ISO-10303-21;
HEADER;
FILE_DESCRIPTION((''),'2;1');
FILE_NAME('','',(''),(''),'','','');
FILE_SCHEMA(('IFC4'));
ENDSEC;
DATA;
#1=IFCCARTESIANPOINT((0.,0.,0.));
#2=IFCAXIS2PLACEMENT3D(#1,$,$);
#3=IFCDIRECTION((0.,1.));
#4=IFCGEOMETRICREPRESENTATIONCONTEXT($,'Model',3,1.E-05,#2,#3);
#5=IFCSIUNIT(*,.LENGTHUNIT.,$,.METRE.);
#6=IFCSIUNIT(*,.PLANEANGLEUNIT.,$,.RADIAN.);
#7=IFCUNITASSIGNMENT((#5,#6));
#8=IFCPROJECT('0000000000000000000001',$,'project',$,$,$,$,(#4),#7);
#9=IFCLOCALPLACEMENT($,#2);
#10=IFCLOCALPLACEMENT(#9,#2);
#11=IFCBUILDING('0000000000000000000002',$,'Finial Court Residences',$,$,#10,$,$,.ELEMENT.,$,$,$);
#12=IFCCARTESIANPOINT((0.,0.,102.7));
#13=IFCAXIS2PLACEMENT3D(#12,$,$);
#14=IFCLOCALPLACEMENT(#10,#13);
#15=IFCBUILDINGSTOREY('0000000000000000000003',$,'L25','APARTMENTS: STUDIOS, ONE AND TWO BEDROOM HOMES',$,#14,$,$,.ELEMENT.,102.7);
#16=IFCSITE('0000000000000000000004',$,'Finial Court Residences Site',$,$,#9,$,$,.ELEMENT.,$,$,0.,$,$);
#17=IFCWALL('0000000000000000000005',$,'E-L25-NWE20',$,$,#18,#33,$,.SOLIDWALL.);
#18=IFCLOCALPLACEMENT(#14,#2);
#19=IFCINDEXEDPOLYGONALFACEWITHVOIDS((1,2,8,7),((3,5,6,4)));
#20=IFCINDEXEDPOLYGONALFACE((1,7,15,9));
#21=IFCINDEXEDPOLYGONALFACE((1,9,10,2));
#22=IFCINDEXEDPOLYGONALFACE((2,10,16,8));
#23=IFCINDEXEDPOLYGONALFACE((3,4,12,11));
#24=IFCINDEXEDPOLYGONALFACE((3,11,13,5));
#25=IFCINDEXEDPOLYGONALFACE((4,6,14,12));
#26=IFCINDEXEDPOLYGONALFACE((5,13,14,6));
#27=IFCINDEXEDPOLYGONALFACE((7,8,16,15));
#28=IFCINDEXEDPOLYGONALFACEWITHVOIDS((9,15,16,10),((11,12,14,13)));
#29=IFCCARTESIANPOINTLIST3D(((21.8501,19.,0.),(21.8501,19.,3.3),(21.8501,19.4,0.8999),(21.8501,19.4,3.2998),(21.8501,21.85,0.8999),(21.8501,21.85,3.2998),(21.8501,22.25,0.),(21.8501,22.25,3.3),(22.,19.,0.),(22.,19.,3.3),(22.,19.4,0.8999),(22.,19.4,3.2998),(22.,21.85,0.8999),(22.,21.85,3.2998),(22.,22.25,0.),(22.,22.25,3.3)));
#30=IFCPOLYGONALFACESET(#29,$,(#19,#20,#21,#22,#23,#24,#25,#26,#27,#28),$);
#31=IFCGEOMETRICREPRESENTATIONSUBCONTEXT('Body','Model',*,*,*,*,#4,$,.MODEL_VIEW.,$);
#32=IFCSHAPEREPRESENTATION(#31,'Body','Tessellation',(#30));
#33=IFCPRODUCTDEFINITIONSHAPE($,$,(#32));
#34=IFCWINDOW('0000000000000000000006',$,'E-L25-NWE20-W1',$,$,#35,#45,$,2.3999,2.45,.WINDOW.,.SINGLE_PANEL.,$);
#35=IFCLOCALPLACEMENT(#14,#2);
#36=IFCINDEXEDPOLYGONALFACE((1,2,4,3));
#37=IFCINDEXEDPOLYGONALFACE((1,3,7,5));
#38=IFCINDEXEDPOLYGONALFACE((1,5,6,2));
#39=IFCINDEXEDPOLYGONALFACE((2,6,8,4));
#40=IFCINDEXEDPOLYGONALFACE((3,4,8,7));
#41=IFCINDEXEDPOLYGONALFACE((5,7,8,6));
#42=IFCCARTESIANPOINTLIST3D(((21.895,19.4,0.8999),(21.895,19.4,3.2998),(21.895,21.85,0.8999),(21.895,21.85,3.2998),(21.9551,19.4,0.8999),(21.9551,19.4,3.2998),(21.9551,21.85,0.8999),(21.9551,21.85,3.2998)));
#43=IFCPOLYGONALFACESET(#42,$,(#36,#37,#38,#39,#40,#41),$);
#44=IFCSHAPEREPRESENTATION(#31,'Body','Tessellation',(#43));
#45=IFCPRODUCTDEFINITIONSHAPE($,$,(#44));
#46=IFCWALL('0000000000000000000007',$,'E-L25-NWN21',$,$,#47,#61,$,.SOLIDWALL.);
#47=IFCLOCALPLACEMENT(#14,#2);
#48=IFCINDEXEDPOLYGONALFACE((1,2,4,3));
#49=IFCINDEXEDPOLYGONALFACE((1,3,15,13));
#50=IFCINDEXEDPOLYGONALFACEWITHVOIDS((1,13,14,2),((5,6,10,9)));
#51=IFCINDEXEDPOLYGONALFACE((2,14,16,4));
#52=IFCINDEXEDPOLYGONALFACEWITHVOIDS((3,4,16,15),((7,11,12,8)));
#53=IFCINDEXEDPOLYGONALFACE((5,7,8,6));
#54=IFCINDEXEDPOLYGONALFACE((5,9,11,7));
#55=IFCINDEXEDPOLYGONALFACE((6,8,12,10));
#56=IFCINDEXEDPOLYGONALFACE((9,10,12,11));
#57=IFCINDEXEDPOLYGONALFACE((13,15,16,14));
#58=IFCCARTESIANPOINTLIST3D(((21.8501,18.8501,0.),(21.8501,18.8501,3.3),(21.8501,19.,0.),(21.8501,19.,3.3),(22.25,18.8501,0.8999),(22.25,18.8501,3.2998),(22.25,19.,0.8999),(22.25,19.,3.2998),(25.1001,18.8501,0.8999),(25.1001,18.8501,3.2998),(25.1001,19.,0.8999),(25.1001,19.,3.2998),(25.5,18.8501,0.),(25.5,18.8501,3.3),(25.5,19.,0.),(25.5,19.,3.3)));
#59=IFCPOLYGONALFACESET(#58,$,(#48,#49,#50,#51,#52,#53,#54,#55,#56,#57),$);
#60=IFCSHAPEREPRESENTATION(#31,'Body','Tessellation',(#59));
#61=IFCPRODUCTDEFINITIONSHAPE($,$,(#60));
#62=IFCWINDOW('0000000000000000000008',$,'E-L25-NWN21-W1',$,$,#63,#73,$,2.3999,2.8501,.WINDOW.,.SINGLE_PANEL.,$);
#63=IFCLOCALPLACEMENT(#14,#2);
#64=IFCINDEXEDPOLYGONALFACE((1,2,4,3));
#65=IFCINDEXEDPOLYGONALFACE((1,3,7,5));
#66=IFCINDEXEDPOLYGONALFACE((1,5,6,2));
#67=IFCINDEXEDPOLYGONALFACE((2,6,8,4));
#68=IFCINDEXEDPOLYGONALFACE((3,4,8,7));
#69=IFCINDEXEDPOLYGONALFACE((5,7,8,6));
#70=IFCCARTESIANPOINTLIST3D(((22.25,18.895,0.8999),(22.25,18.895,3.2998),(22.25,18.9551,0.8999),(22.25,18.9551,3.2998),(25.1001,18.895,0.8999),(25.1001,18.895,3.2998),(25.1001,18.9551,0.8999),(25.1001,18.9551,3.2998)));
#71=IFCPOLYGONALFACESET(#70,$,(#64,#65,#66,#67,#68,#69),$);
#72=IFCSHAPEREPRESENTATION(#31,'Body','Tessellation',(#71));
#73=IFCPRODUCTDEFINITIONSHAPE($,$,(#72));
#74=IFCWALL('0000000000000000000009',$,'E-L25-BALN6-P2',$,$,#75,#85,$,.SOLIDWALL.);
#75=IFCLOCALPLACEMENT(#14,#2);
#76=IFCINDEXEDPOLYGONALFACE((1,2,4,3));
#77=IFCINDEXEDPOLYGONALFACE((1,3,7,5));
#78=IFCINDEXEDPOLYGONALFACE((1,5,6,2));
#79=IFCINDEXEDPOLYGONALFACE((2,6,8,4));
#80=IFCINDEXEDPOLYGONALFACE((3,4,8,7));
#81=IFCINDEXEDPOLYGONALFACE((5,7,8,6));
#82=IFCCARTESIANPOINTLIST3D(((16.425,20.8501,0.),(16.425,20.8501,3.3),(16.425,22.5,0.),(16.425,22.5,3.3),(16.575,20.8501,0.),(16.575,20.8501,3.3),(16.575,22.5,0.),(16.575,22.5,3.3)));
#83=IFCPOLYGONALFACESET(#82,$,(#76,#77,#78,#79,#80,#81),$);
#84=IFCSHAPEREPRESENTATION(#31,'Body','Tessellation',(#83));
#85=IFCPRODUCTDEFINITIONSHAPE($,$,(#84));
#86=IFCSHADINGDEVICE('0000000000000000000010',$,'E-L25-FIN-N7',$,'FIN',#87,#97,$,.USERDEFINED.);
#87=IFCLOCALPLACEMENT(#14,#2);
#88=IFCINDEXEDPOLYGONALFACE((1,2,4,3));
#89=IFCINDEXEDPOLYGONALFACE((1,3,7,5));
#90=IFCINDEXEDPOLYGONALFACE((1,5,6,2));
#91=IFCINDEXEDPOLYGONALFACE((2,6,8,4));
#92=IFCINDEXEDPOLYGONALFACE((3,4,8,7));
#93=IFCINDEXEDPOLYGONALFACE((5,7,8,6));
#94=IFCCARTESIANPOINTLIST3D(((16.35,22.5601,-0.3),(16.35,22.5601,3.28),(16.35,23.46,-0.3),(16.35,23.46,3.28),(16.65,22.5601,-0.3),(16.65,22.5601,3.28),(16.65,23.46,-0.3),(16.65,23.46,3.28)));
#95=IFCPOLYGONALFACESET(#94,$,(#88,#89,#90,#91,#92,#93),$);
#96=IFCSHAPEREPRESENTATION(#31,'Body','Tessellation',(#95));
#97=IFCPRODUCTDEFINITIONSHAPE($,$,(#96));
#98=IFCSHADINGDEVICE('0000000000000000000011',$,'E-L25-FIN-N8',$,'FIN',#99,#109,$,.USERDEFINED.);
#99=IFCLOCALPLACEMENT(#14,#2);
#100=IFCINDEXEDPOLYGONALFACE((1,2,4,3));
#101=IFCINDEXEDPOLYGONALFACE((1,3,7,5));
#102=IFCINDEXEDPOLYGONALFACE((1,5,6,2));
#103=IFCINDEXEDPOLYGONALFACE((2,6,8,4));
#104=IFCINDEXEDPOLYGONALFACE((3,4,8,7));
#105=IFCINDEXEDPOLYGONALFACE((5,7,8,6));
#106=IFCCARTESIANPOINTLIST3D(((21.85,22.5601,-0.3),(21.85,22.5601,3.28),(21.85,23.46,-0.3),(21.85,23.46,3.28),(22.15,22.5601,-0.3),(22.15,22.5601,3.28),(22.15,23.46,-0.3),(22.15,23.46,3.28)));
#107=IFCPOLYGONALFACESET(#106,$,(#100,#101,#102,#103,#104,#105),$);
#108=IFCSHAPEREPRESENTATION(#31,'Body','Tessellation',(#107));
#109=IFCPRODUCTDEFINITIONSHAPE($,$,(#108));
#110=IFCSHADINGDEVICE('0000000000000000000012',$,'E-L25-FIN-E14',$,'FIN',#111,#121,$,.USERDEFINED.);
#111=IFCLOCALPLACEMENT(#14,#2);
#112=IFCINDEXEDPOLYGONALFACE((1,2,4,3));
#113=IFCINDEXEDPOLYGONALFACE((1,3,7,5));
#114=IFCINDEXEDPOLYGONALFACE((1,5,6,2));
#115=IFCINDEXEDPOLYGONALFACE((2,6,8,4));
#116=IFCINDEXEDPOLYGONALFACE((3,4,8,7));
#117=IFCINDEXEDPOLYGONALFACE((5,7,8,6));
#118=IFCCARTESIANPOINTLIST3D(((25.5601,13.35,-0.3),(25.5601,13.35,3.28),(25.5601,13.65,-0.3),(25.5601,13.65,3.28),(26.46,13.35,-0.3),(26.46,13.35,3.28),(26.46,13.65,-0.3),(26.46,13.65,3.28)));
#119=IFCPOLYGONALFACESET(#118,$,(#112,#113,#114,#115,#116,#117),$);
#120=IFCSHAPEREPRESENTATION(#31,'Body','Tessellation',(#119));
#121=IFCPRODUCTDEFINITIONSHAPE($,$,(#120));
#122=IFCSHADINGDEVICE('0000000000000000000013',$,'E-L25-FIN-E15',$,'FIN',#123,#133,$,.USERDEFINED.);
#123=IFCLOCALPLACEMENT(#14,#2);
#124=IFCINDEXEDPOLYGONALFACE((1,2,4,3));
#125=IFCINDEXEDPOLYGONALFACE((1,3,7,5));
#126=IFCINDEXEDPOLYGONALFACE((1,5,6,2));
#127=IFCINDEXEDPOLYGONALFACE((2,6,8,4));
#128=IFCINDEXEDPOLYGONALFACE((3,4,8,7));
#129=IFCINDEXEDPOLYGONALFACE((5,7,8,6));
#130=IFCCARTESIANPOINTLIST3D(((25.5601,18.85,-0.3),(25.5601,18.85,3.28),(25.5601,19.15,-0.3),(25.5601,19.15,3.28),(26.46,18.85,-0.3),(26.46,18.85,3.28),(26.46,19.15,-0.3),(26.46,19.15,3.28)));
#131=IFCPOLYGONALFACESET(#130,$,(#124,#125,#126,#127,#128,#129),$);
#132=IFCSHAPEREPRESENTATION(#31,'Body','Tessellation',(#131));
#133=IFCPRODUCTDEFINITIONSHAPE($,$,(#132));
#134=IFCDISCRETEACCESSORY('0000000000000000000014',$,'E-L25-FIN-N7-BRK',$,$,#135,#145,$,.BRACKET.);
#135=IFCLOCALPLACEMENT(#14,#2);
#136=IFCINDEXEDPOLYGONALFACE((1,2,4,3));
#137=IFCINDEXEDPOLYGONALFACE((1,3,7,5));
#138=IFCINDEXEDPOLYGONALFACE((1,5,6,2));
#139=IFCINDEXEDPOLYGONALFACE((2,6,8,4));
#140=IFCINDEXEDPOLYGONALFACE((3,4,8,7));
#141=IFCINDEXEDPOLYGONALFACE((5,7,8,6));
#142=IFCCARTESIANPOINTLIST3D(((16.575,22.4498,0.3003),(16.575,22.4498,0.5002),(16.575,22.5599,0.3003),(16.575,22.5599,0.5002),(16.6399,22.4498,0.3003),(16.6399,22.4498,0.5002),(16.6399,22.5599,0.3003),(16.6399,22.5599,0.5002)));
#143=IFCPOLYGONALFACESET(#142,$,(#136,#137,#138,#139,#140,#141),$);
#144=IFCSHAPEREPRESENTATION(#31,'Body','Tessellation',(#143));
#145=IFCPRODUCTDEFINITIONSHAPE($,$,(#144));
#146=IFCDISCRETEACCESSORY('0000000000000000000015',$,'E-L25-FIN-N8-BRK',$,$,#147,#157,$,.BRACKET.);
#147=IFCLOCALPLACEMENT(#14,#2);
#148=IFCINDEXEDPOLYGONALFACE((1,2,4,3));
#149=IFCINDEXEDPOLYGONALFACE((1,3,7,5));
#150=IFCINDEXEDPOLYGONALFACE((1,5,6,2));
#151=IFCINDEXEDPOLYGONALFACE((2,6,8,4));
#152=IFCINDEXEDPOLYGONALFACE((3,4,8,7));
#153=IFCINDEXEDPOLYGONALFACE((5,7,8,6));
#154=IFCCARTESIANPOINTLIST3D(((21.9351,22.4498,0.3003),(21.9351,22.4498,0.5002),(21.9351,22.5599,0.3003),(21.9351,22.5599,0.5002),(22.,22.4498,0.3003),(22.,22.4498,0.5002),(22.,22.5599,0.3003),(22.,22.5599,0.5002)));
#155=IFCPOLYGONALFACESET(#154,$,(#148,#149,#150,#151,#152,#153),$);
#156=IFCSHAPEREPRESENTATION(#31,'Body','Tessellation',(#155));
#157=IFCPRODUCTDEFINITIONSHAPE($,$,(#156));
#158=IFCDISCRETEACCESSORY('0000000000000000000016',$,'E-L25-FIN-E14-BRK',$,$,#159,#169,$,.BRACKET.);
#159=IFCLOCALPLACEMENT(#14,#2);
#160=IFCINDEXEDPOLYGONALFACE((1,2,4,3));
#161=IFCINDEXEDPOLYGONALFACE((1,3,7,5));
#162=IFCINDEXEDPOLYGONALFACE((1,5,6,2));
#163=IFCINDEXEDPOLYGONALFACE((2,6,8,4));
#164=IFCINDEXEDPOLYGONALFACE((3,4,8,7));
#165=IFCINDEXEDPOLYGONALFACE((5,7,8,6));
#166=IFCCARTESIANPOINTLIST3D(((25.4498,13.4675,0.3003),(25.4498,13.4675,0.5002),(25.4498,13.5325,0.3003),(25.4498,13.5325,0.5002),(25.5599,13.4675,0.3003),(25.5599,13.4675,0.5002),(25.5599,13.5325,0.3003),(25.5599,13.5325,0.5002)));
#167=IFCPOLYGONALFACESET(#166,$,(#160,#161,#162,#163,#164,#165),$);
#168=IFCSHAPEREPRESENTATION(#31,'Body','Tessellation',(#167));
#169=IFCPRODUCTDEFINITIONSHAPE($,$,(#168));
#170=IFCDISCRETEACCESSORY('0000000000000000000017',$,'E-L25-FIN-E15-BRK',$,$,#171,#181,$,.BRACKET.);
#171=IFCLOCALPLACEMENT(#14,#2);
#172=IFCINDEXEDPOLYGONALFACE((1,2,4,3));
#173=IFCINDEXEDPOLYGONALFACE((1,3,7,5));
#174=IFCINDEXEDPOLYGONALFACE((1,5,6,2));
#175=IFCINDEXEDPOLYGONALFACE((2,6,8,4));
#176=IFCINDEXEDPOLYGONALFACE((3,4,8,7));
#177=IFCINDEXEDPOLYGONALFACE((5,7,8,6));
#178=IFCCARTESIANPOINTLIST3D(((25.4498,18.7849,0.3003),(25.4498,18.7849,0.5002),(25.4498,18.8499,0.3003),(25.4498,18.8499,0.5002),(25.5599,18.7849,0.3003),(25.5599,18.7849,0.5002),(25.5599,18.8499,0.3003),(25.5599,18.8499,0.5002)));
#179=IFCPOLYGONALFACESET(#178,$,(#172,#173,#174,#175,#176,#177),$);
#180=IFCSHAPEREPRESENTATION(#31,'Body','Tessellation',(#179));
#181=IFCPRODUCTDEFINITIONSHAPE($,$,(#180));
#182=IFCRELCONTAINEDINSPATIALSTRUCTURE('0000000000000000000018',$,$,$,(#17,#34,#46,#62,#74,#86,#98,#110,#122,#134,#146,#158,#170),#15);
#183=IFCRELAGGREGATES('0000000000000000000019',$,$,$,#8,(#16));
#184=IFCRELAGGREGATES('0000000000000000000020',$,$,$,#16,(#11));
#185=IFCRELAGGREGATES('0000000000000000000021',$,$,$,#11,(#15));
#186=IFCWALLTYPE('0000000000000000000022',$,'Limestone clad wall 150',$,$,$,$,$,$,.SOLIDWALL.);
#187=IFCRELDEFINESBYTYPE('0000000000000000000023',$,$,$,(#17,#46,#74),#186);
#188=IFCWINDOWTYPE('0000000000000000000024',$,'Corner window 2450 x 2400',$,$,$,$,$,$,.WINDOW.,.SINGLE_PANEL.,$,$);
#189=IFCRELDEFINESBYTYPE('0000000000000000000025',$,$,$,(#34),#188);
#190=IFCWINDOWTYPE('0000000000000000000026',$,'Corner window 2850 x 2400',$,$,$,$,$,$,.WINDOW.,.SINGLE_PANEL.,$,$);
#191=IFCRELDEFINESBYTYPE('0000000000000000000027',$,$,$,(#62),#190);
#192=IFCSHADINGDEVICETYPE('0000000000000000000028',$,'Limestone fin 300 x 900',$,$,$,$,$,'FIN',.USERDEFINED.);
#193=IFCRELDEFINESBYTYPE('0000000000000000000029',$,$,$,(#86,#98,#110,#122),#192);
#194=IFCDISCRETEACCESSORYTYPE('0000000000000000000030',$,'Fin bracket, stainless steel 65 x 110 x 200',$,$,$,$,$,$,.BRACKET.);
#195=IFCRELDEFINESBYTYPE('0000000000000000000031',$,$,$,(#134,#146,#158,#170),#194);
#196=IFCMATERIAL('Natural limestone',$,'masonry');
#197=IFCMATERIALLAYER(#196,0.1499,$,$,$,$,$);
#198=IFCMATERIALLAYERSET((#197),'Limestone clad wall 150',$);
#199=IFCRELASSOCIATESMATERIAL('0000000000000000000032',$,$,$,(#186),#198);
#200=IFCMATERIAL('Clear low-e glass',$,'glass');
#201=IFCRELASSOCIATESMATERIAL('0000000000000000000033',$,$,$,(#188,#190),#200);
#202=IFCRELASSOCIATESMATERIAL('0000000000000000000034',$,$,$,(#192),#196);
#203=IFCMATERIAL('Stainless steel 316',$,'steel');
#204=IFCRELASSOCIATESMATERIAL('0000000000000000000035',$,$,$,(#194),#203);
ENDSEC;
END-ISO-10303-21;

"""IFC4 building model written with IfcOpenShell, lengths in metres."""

from ifc_helpers import new_model, si_unit, direction, frame, frame_2d, origin, origin_2d, place, context, subcontext, project, spatial, rectangle, extrude, material, layer, layer_set, type_object, element, fill, save


model = new_model("IFC4")

# Units and contexts
model_context = context("Model", 3, precision=1e-05, world=origin(), true_north=direction((0.0, 1.0)))
body_context = subcontext(model_context, "Body", "Model", "MODEL_VIEW")
ifc_project = project(units=[si_unit("LENGTHUNIT", "METRE"), si_unit("PLANEANGLEUNIT", "RADIAN")], contexts=[model_context])

# Site, building, storey
site_placement = place(None, origin())
site = spatial("IfcSite", under=ifc_project, at=site_placement, Name="Finial Court Residences Site", CompositionType="ELEMENT", RefElevation=0.0)
building_placement = place(site_placement, origin())
building = spatial("IfcBuilding", under=site, at=building_placement, Name="Finial Court Residences", CompositionType="ELEMENT")
storey_placement = place(building_placement, frame((0.0, 0.0, 102.7)))
storey = spatial("IfcBuildingStorey", under=building, at=storey_placement, Name="L25", Description="APARTMENTS: STUDIOS, ONE AND TWO BEDROOM HOMES", CompositionType="ELEMENT", Elevation=102.7)

# Shared definitions
ifc_material_1 = material(Name="Clear low-e glass", Category="glass")

# Walls, openings, windows
ifc_material_2 = material(Name="Natural limestone", Category="masonry")
ifc_layer_1 = layer(ifc_material_2, 0.1499)
ifc_layer_set_1 = layer_set([ifc_layer_1], Name="Limestone clad wall 150")
wall_type_1 = type_object("IfcWallType", Name="Limestone clad wall 150", PredefinedType="SOLIDWALL", material=ifc_layer_set_1)
wall_1_placement = place(storey_placement, frame((21.925, 22.25, 0.0), z_axis=(0.0, 0.0, 1.0), x_axis=(0.0, -1.0, 0.0)))
wall_1 = element("IfcWall", 1, at=wall_1_placement, inside=storey, type_object=wall_type_1, Name="E-L25-NWE20", PredefinedType="SOLIDWALL", context=body_context, shape_type="SweptSolid", body=[
    extrude(rectangle(XDim=3.25, YDim=0.1499, at=frame_2d((1.625, 0.0))), origin(), (0.0, 0.0, 1.0), 3.3),
])
opening_1_placement = place(wall_1_placement, frame((0.3999, 0.0, 0.8999)))
opening_1 = element("IfcOpeningElement", 2, at=opening_1_placement, cuts=wall_1, PredefinedType="OPENING", context=body_context, shape_type="SweptSolid", body=[
    extrude(rectangle(XDim=2.45, YDim=2.3999, at=frame_2d((1.2251, 1.2))), frame((0.0, 0.085, 0.0), z_axis=(0.0, -1.0, 0.0), x_axis=(1.0, 0.0, 0.0)), (0.0, 0.0, 1.0), 0.1699),
])
window_type_1 = type_object("IfcWindowType", Name="Corner window 2450 x 2400", PartitioningType="SINGLE_PANEL", PredefinedType="WINDOW", material=ifc_material_1)
window_1_placement = place(opening_1_placement, origin())
window_1 = element("IfcWindow", 3, at=window_1_placement, inside=storey, type_object=window_type_1, Name="E-L25-NWE20-W1", OverallHeight=2.3999, OverallWidth=2.45, PartitioningType="SINGLE_PANEL", PredefinedType="WINDOW", context=body_context, shape_type="SweptSolid", body=[
    extrude(rectangle(XDim=2.45, YDim=2.3999, at=frame_2d((1.2251, 1.2))), frame((0.0, 0.03, 0.0), z_axis=(0.0, -1.0, 0.0), x_axis=(1.0, 0.0, 0.0)), (0.0, 0.0, 1.0), 0.0601),
])
fill(opening_1, window_1)
wall_2_placement = place(storey_placement, frame((21.8501, 18.925, 0.0), z_axis=(0.0, 0.0, 1.0), x_axis=(1.0, 0.0, 0.0)))
wall_2 = element("IfcWall", 4, at=wall_2_placement, inside=storey, type_object=wall_type_1, Name="E-L25-NWN21", PredefinedType="SOLIDWALL", context=body_context, shape_type="SweptSolid", body=[
    extrude(rectangle(XDim=3.6499, YDim=0.1499, at=frame_2d((1.825, 0.0))), origin(), (0.0, 0.0, 1.0), 3.3),
])
opening_2_placement = place(wall_2_placement, frame((0.3999, 0.0, 0.8999)))
opening_2 = element("IfcOpeningElement", 5, at=opening_2_placement, cuts=wall_2, PredefinedType="OPENING", context=body_context, shape_type="SweptSolid", body=[
    extrude(rectangle(XDim=2.8501, YDim=2.3999, at=frame_2d((1.425, 1.2))), frame((0.0, 0.085, 0.0), z_axis=(0.0, -1.0, 0.0), x_axis=(1.0, 0.0, 0.0)), (0.0, 0.0, 1.0), 0.1699),
])
window_type_2 = type_object("IfcWindowType", Name="Corner window 2850 x 2400", PartitioningType="SINGLE_PANEL", PredefinedType="WINDOW", material=ifc_material_1)
window_2_placement = place(opening_2_placement, origin())
window_2 = element("IfcWindow", 6, at=window_2_placement, inside=storey, type_object=window_type_2, Name="E-L25-NWN21-W1", OverallHeight=2.3999, OverallWidth=2.8501, PartitioningType="SINGLE_PANEL", PredefinedType="WINDOW", context=body_context, shape_type="SweptSolid", body=[
    extrude(rectangle(XDim=2.8501, YDim=2.3999, at=frame_2d((1.425, 1.2))), frame((0.0, 0.03, 0.0), z_axis=(0.0, -1.0, 0.0), x_axis=(1.0, 0.0, 0.0)), (0.0, 0.0, 1.0), 0.0601),
])
fill(opening_2, window_2)

# Wall
wall_3_placement = place(storey_placement, frame((16.5, 20.8501, 0.0), z_axis=(0.0, 0.0, 1.0), x_axis=(0.0, 1.0, 0.0)))
element("IfcWall", 7, at=wall_3_placement, inside=storey, type_object=wall_type_1, Name="E-L25-BALN6-P2", PredefinedType="SOLIDWALL", context=body_context, shape_type="SweptSolid", body=[
    extrude(rectangle(XDim=1.6499, YDim=0.1499, at=frame_2d((0.825, 0.0))), origin(), (0.0, 0.0, 1.0), 3.3),
])

# Shading devices
shading_device_type = type_object("IfcShadingDeviceType", Name="Limestone fin 300 x 900", ElementType="FIN", PredefinedType="USERDEFINED", material=ifc_material_2)
for number, where, z_axis, x_axis, name in (
    (8, (16.5, 23.01, -0.3), (0.0, 0.0, 1.0), (1.0, 0.0, 0.0), "E-L25-FIN-N7"),
    (9, (22.0, 23.01, -0.3), (0.0, 0.0, 1.0), (1.0, 0.0, 0.0), "E-L25-FIN-N8"),
):
    element("IfcShadingDevice", number, at=place(storey_placement, frame(where, z_axis=z_axis, x_axis=x_axis)), inside=storey, type_object=shading_device_type, Name=name, ObjectType="FIN", PredefinedType="USERDEFINED", context=body_context, shape_type="SweptSolid", body=[
        extrude(rectangle(XDim=0.3, YDim=0.8999, at=origin_2d()), origin(), (0.0, 0.0, 1.0), 3.5801),
    ])
for number, where, z_axis, x_axis, name in (
    (10, (26.01, 13.5, -0.3), (0.0, 0.0, 1.0), (1.0, 0.0, 0.0), "E-L25-FIN-E14"),
    (11, (26.01, 19.0, -0.3), (0.0, 0.0, 1.0), (1.0, 0.0, 0.0), "E-L25-FIN-E15"),
):
    element("IfcShadingDevice", number, at=place(storey_placement, frame(where, z_axis=z_axis, x_axis=x_axis)), inside=storey, type_object=shading_device_type, Name=name, ObjectType="FIN", PredefinedType="USERDEFINED", context=body_context, shape_type="SweptSolid", body=[
        extrude(rectangle(XDim=0.8999, YDim=0.3, at=origin_2d()), origin(), (0.0, 0.0, 1.0), 3.5801),
    ])

# Discrete accessories
ifc_material_3 = material(Name="Stainless steel 316", Category="steel")
discrete_accessory_type = type_object("IfcDiscreteAccessoryType", Name="Fin bracket, stainless steel 65 x 110 x 200", PredefinedType="BRACKET", material=ifc_material_3)
for number, where, z_axis, x_axis, name in (
    (12, (16.6074, 22.5049, 0.3003), (0.0, 0.0, 1.0), (1.0, 0.0, 0.0), "E-L25-FIN-N7-BRK"),
    (13, (21.9675, 22.5049, 0.3003), (0.0, 0.0, 1.0), (1.0, 0.0, 0.0), "E-L25-FIN-N8-BRK"),
):
    element("IfcDiscreteAccessory", number, at=place(storey_placement, frame(where, z_axis=z_axis, x_axis=x_axis)), inside=storey, type_object=discrete_accessory_type, Name=name, PredefinedType="BRACKET", context=body_context, shape_type="SweptSolid", body=[
        extrude(rectangle(XDim=0.0649, YDim=0.1101, at=origin_2d()), origin(), (0.0, 0.0, 1.0), 0.2),
    ])
for number, where, z_axis, x_axis, name in (
    (14, (25.5049, 13.5, 0.3003), (0.0, 0.0, 1.0), (1.0, 0.0, 0.0), "E-L25-FIN-E14-BRK"),
    (15, (25.5049, 18.8174, 0.3003), (0.0, 0.0, 1.0), (1.0, 0.0, 0.0), "E-L25-FIN-E15-BRK"),
):
    element("IfcDiscreteAccessory", number, at=place(storey_placement, frame(where, z_axis=z_axis, x_axis=x_axis)), inside=storey, type_object=discrete_accessory_type, Name=name, PredefinedType="BRACKET", context=body_context, shape_type="SweptSolid", body=[
        extrude(rectangle(XDim=0.1101, YDim=0.0649, at=origin_2d()), origin(), (0.0, 0.0, 1.0), 0.2),
    ])

save(model, "model.ifc")
